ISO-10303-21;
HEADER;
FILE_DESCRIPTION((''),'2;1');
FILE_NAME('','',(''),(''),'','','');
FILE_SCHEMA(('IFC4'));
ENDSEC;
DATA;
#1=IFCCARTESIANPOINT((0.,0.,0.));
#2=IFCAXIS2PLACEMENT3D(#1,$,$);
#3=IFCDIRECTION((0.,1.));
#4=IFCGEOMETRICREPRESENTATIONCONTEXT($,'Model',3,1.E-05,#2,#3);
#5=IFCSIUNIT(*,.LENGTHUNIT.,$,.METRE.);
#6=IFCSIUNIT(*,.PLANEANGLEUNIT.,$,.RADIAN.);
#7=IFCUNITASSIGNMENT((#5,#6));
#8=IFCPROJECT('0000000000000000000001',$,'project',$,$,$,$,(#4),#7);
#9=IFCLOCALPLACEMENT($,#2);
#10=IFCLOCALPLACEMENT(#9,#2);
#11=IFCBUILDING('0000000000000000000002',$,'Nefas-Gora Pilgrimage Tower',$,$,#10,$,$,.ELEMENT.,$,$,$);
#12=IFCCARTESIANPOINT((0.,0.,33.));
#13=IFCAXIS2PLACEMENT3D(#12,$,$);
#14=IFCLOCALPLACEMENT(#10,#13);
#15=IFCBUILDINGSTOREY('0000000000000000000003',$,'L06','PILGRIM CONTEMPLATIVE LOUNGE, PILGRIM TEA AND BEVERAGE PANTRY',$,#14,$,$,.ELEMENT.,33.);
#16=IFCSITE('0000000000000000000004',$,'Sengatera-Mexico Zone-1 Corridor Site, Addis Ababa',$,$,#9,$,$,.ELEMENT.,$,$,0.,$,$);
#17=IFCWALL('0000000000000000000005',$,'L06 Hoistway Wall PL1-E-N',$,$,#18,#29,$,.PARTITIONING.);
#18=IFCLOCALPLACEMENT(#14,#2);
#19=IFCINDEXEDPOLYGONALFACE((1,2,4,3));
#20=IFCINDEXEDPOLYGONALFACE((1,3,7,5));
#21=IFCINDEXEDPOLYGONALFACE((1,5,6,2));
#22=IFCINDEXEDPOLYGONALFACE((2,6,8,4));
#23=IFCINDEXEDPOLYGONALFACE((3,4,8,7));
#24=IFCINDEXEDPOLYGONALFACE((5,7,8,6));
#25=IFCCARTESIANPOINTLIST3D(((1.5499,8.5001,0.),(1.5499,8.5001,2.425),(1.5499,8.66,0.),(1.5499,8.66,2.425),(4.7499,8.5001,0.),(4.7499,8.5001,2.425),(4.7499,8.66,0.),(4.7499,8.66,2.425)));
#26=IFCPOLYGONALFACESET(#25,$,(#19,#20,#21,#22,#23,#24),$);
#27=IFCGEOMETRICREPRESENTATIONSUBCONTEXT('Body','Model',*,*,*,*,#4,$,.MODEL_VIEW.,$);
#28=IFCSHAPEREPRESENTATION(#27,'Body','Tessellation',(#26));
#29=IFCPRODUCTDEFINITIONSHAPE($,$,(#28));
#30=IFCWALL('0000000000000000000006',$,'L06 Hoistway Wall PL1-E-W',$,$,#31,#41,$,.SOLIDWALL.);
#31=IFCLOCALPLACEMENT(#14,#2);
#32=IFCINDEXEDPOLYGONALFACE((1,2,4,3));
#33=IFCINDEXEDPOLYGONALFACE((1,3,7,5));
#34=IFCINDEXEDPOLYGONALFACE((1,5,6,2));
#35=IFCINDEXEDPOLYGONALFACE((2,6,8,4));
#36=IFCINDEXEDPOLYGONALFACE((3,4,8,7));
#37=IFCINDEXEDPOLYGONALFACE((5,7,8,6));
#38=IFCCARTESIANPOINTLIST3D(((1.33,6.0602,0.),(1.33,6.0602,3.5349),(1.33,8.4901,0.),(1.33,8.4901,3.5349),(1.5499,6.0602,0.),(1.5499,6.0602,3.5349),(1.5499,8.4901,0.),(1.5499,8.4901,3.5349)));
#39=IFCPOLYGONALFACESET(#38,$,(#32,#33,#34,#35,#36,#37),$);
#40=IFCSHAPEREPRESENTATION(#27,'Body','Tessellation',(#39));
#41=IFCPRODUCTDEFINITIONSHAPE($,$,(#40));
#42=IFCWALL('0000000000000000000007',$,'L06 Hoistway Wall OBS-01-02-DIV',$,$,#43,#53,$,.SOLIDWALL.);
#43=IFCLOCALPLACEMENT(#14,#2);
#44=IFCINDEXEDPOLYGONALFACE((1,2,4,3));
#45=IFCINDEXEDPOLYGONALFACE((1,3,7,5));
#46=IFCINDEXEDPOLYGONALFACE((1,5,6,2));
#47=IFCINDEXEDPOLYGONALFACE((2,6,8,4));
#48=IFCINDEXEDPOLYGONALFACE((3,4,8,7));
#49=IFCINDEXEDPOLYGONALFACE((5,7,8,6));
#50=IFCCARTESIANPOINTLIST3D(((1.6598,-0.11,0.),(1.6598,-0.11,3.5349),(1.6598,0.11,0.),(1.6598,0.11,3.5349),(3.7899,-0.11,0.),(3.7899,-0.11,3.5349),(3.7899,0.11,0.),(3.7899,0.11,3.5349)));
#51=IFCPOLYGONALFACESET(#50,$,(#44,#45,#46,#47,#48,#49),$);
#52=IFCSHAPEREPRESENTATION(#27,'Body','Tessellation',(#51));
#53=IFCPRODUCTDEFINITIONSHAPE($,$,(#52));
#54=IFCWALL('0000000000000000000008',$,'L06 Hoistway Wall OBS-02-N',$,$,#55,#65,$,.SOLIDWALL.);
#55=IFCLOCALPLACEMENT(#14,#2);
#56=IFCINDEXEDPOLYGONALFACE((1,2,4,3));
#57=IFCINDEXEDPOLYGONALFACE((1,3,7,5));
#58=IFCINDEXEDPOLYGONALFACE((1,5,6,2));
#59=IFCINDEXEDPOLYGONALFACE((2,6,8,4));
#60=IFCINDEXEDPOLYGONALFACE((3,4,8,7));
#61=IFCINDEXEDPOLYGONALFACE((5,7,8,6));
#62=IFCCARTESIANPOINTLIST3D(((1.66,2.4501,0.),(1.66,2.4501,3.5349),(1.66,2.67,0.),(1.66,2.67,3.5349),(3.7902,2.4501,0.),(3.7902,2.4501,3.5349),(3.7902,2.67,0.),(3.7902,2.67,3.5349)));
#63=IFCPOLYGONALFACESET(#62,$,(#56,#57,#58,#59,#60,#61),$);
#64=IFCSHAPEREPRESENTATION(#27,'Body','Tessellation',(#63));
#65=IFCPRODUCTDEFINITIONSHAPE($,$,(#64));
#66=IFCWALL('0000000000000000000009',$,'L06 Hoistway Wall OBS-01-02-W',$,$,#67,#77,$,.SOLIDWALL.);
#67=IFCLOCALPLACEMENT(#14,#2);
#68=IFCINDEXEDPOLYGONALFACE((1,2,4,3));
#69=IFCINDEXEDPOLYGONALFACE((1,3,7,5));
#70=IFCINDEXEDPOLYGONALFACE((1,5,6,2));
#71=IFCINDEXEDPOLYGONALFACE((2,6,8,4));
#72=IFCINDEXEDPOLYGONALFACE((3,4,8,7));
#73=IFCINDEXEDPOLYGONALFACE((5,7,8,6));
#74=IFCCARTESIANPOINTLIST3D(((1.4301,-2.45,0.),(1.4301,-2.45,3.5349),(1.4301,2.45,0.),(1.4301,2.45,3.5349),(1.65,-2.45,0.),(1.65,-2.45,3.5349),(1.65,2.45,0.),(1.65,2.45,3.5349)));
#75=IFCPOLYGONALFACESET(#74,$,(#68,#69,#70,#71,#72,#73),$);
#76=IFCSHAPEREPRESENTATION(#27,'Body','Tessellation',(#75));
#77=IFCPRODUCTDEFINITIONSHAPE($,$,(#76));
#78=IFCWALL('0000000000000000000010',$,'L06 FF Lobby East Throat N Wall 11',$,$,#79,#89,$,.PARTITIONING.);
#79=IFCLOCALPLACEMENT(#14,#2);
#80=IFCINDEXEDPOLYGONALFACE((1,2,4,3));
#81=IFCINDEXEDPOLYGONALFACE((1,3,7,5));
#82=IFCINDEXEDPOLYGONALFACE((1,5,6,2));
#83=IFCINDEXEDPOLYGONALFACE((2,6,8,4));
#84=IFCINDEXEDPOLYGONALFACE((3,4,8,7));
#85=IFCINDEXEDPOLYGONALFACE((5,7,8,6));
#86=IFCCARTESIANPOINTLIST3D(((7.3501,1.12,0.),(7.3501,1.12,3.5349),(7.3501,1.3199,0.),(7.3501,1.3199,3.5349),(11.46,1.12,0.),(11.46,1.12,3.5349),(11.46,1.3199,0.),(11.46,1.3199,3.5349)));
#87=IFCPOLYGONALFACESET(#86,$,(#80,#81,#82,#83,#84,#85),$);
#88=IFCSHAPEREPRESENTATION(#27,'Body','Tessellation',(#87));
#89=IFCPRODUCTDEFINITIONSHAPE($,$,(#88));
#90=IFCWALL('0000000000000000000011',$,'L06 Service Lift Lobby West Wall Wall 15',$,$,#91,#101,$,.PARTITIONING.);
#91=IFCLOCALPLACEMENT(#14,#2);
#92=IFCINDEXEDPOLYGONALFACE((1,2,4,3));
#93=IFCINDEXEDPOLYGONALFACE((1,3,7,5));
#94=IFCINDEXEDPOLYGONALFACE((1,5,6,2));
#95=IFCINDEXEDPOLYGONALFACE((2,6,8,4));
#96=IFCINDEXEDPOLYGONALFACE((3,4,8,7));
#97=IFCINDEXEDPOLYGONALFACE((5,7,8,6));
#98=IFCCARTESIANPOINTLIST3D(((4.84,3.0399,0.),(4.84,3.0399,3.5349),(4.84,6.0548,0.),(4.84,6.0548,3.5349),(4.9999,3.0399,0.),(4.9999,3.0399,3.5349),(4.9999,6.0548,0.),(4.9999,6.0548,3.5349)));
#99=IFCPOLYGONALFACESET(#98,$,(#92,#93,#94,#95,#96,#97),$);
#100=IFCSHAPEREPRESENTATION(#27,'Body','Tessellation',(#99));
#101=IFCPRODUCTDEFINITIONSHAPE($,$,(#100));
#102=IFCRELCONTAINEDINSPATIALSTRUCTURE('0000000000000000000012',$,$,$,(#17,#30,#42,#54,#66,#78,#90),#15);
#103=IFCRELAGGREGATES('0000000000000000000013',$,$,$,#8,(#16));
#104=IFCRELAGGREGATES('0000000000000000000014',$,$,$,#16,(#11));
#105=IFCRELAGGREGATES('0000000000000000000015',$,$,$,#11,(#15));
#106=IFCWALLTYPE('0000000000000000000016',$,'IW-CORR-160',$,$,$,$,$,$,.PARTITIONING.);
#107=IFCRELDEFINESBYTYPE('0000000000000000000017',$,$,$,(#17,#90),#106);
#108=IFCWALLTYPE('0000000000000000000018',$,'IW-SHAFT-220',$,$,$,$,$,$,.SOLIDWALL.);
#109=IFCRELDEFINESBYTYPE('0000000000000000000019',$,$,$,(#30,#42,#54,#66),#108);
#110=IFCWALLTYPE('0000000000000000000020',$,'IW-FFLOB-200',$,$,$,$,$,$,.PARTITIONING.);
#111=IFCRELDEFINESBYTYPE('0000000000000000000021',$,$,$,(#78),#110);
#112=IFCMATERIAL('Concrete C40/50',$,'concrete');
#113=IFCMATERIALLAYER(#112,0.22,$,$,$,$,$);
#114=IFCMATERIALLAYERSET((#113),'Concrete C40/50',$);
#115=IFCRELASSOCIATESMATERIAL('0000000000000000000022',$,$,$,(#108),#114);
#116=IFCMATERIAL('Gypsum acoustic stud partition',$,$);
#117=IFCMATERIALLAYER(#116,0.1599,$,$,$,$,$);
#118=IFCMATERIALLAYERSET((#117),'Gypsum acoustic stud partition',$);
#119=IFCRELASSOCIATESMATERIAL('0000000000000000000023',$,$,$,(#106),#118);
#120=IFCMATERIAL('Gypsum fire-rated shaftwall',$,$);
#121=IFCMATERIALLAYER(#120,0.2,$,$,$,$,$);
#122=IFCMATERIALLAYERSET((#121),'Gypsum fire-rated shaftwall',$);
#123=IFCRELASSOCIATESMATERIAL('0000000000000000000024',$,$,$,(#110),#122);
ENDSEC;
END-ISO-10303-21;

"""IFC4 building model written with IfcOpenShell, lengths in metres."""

from ifc_helpers import new_model, si_unit, direction, frame, frame_2d, origin, place, context, subcontext, project, spatial, rectangle, extrude, source, transform, mapped, material, layer, layer_set, type_object, element, save


model = new_model("IFC4")

# Units and contexts
model_context = context("Model", 3, precision=1e-05, world=origin(), true_north=direction((0.0, 1.0)))
body_context = subcontext(model_context, "Body", "Model", "MODEL_VIEW")
ifc_project = project(units=[si_unit("LENGTHUNIT", "METRE"), si_unit("PLANEANGLEUNIT", "RADIAN")], contexts=[model_context])

# Site, building, storey
site_placement = place(None, origin())
site = spatial("IfcSite", under=ifc_project, at=site_placement, Name="Sengatera-Mexico Zone-1 Corridor Site, Addis Ababa", CompositionType="ELEMENT", RefElevation=0.0)
building_placement = place(site_placement, origin())
building = spatial("IfcBuilding", under=site, at=building_placement, Name="Nefas-Gora Pilgrimage Tower", CompositionType="ELEMENT")
storey_placement = place(building_placement, frame((0.0, 0.0, 33.0)))
storey = spatial("IfcBuildingStorey", under=building, at=storey_placement, Name="L06", Description="PILGRIM CONTEMPLATIVE LOUNGE, PILGRIM TEA AND BEVERAGE PANTRY", CompositionType="ELEMENT", Elevation=33.0)

# Shared definitions
ifc_material_1 = material(Name="Concrete C40/50", Category="concrete")

# Shared definitions
ifc_layer_1 = layer(ifc_material_1, 0.22)
ifc_layer_set_1 = layer_set([ifc_layer_1], Name="Concrete C40/50")
wall_type_1 = type_object("IfcWallType", Name="IW-SHAFT-220", PredefinedType="SOLIDWALL", material=ifc_layer_set_1)

# Walls
ifc_material_2 = material(Name="Gypsum acoustic stud partition")
ifc_layer_2 = layer(ifc_material_2, 0.1599)
ifc_layer_set_2 = layer_set([ifc_layer_2], Name="Gypsum acoustic stud partition")
wall_type_2 = type_object("IfcWallType", Name="IW-CORR-160", PredefinedType="PARTITIONING", material=ifc_layer_set_2)
shared_shape_1 = source(origin(), body_context, "Body", "SweptSolid", [
    extrude(rectangle(XDim=3.2, YDim=0.1599, at=frame_2d((1.6001, 0.0))), origin(), (0.0, 0.0, 1.0), 2.425),
])
wall_1_placement = place(storey_placement, frame((4.75, 8.5801, 0.0), z_axis=(0.0, 0.0, 1.0), x_axis=(-1.0, 0.0, 0.0)))
element("IfcWall", 1, at=wall_1_placement, inside=storey, type_object=wall_type_2, Name="L06 Hoistway Wall PL1-E-N", PredefinedType="PARTITIONING", context=body_context, shape_type="MappedRepresentation", body=[
    mapped(shared_shape_1, transform((0.0, 0.0, 0.0), x_axis=(1.0, 0.0, 0.0), y_axis=(0.0, 1.0, 0.0), z_axis=(0.0, 0.0, 1.0), scale=1.0)),
])
shared_shape_2 = source(origin(), body_context, "Body", "SweptSolid", [
    extrude(rectangle(XDim=2.4299, YDim=0.22, at=frame_2d((1.2148, 0.0))), origin(), (0.0, 0.0, 1.0), 3.5349),
])
for number, where, z_axis, x_axis, name in (
    (2, (1.4399, 8.49, 0.0), (0.0, 0.0, 1.0), (0.0, -1.0, 0.0), "L06 Hoistway Wall PL1-E-W"),
):
    element("IfcWall", number, at=place(storey_placement, frame(where, z_axis=z_axis, x_axis=x_axis)), inside=storey, type_object=wall_type_1, Name=name, PredefinedType="SOLIDWALL", context=body_context, shape_type="MappedRepresentation", body=[
        mapped(shared_shape_2, transform((0.0, 0.0, 0.0), x_axis=(1.0, 0.0, 0.0), y_axis=(0.0, 1.0, 0.0), z_axis=(0.0, 0.0, 1.0), scale=1.0)),
    ])
shared_shape_3 = source(origin(), body_context, "Body", "SweptSolid", [
    extrude(rectangle(XDim=2.1301, YDim=0.22, at=frame_2d((1.0649, 0.0))), origin(), (0.0, 0.0, 1.0), 3.5349),
])
for number, where, z_axis, x_axis, name in (
    (3, (1.6599, 0.0, 0.0), (0.0, 0.0, 1.0), (1.0, 0.0, 0.0), "L06 Hoistway Wall OBS-01-02-DIV"),
    (4, (3.79, 2.5601, 0.0), (0.0, 0.0, 1.0), (-1.0, 0.0, 0.0), "L06 Hoistway Wall OBS-02-N"),
):
    element("IfcWall", number, at=place(storey_placement, frame(where, z_axis=z_axis, x_axis=x_axis)), inside=storey, type_object=wall_type_1, Name=name, PredefinedType="SOLIDWALL", context=body_context, shape_type="MappedRepresentation", body=[
        mapped(shared_shape_3, transform((0.0, 0.0, 0.0), x_axis=(1.0, 0.0, 0.0), y_axis=(0.0, 1.0, 0.0), z_axis=(0.0, 0.0, 1.0), scale=1.0)),
    ])
shared_shape_4 = source(origin(), body_context, "Body", "SweptSolid", [
    extrude(rectangle(XDim=4.8999, YDim=0.22, at=frame_2d((2.45, 0.0))), origin(), (0.0, 0.0, 1.0), 3.5349),
])
wall_2_placement = place(storey_placement, frame((1.54, 2.45, 0.0), z_axis=(0.0, 0.0, 1.0), x_axis=(0.0, -1.0, 0.0)))
element("IfcWall", 5, at=wall_2_placement, inside=storey, type_object=wall_type_1, Name="L06 Hoistway Wall OBS-01-02-W", PredefinedType="SOLIDWALL", context=body_context, shape_type="MappedRepresentation", body=[
    mapped(shared_shape_4, transform((0.0, 0.0, 0.0), x_axis=(1.0, 0.0, 0.0), y_axis=(0.0, 1.0, 0.0), z_axis=(0.0, 0.0, 1.0), scale=1.0)),
])

# Shared definitions
ifc_material_3 = material(Name="Gypsum fire-rated shaftwall")
ifc_layer_3 = layer(ifc_material_3, 0.2)
ifc_layer_set_3 = layer_set([ifc_layer_3], Name="Gypsum fire-rated shaftwall")
wall_type_3 = type_object("IfcWallType", Name="IW-FFLOB-200", PredefinedType="PARTITIONING", material=ifc_layer_set_3)

# Walls
shared_shape_5 = source(origin(), body_context, "Body", "SweptSolid", [
    extrude(rectangle(XDim=4.1099, YDim=0.2, at=frame_2d((2.0549, 0.0))), origin(), (0.0, 0.0, 1.0), 3.5349),
])
wall_3_placement = place(storey_placement, frame((7.3501, 1.22, 0.0), z_axis=(0.0, 0.0, 1.0), x_axis=(1.0, 0.0, 0.0)))
element("IfcWall", 6, at=wall_3_placement, inside=storey, type_object=wall_type_3, Name="L06 FF Lobby East Throat N Wall 11", PredefinedType="PARTITIONING", context=body_context, shape_type="MappedRepresentation", body=[
    mapped(shared_shape_5, transform((0.0, 0.0, 0.0), x_axis=(1.0, 0.0, 0.0), y_axis=(0.0, 1.0, 0.0), z_axis=(0.0, 0.0, 1.0), scale=1.0)),
])
shared_shape_6 = source(origin(), body_context, "Body", "SweptSolid", [
    extrude(rectangle(XDim=3.0149, YDim=0.1599, at=frame_2d((1.5073, 0.0))), origin(), (0.0, 0.0, 1.0), 3.5349),
])
wall_4_placement = place(storey_placement, frame((4.9199, 3.04, 0.0), z_axis=(0.0, 0.0, 1.0), x_axis=(0.0, 1.0, 0.0)))
element("IfcWall", 7, at=wall_4_placement, inside=storey, type_object=wall_type_2, Name="L06 Service Lift Lobby West Wall Wall 15", PredefinedType="PARTITIONING", context=body_context, shape_type="MappedRepresentation", body=[
    mapped(shared_shape_6, transform((0.0, 0.0, 0.0), x_axis=(1.0, 0.0, 0.0), y_axis=(0.0, 1.0, 0.0), z_axis=(0.0, 0.0, 1.0), scale=1.0)),
])

save(model, "model.ifc")
